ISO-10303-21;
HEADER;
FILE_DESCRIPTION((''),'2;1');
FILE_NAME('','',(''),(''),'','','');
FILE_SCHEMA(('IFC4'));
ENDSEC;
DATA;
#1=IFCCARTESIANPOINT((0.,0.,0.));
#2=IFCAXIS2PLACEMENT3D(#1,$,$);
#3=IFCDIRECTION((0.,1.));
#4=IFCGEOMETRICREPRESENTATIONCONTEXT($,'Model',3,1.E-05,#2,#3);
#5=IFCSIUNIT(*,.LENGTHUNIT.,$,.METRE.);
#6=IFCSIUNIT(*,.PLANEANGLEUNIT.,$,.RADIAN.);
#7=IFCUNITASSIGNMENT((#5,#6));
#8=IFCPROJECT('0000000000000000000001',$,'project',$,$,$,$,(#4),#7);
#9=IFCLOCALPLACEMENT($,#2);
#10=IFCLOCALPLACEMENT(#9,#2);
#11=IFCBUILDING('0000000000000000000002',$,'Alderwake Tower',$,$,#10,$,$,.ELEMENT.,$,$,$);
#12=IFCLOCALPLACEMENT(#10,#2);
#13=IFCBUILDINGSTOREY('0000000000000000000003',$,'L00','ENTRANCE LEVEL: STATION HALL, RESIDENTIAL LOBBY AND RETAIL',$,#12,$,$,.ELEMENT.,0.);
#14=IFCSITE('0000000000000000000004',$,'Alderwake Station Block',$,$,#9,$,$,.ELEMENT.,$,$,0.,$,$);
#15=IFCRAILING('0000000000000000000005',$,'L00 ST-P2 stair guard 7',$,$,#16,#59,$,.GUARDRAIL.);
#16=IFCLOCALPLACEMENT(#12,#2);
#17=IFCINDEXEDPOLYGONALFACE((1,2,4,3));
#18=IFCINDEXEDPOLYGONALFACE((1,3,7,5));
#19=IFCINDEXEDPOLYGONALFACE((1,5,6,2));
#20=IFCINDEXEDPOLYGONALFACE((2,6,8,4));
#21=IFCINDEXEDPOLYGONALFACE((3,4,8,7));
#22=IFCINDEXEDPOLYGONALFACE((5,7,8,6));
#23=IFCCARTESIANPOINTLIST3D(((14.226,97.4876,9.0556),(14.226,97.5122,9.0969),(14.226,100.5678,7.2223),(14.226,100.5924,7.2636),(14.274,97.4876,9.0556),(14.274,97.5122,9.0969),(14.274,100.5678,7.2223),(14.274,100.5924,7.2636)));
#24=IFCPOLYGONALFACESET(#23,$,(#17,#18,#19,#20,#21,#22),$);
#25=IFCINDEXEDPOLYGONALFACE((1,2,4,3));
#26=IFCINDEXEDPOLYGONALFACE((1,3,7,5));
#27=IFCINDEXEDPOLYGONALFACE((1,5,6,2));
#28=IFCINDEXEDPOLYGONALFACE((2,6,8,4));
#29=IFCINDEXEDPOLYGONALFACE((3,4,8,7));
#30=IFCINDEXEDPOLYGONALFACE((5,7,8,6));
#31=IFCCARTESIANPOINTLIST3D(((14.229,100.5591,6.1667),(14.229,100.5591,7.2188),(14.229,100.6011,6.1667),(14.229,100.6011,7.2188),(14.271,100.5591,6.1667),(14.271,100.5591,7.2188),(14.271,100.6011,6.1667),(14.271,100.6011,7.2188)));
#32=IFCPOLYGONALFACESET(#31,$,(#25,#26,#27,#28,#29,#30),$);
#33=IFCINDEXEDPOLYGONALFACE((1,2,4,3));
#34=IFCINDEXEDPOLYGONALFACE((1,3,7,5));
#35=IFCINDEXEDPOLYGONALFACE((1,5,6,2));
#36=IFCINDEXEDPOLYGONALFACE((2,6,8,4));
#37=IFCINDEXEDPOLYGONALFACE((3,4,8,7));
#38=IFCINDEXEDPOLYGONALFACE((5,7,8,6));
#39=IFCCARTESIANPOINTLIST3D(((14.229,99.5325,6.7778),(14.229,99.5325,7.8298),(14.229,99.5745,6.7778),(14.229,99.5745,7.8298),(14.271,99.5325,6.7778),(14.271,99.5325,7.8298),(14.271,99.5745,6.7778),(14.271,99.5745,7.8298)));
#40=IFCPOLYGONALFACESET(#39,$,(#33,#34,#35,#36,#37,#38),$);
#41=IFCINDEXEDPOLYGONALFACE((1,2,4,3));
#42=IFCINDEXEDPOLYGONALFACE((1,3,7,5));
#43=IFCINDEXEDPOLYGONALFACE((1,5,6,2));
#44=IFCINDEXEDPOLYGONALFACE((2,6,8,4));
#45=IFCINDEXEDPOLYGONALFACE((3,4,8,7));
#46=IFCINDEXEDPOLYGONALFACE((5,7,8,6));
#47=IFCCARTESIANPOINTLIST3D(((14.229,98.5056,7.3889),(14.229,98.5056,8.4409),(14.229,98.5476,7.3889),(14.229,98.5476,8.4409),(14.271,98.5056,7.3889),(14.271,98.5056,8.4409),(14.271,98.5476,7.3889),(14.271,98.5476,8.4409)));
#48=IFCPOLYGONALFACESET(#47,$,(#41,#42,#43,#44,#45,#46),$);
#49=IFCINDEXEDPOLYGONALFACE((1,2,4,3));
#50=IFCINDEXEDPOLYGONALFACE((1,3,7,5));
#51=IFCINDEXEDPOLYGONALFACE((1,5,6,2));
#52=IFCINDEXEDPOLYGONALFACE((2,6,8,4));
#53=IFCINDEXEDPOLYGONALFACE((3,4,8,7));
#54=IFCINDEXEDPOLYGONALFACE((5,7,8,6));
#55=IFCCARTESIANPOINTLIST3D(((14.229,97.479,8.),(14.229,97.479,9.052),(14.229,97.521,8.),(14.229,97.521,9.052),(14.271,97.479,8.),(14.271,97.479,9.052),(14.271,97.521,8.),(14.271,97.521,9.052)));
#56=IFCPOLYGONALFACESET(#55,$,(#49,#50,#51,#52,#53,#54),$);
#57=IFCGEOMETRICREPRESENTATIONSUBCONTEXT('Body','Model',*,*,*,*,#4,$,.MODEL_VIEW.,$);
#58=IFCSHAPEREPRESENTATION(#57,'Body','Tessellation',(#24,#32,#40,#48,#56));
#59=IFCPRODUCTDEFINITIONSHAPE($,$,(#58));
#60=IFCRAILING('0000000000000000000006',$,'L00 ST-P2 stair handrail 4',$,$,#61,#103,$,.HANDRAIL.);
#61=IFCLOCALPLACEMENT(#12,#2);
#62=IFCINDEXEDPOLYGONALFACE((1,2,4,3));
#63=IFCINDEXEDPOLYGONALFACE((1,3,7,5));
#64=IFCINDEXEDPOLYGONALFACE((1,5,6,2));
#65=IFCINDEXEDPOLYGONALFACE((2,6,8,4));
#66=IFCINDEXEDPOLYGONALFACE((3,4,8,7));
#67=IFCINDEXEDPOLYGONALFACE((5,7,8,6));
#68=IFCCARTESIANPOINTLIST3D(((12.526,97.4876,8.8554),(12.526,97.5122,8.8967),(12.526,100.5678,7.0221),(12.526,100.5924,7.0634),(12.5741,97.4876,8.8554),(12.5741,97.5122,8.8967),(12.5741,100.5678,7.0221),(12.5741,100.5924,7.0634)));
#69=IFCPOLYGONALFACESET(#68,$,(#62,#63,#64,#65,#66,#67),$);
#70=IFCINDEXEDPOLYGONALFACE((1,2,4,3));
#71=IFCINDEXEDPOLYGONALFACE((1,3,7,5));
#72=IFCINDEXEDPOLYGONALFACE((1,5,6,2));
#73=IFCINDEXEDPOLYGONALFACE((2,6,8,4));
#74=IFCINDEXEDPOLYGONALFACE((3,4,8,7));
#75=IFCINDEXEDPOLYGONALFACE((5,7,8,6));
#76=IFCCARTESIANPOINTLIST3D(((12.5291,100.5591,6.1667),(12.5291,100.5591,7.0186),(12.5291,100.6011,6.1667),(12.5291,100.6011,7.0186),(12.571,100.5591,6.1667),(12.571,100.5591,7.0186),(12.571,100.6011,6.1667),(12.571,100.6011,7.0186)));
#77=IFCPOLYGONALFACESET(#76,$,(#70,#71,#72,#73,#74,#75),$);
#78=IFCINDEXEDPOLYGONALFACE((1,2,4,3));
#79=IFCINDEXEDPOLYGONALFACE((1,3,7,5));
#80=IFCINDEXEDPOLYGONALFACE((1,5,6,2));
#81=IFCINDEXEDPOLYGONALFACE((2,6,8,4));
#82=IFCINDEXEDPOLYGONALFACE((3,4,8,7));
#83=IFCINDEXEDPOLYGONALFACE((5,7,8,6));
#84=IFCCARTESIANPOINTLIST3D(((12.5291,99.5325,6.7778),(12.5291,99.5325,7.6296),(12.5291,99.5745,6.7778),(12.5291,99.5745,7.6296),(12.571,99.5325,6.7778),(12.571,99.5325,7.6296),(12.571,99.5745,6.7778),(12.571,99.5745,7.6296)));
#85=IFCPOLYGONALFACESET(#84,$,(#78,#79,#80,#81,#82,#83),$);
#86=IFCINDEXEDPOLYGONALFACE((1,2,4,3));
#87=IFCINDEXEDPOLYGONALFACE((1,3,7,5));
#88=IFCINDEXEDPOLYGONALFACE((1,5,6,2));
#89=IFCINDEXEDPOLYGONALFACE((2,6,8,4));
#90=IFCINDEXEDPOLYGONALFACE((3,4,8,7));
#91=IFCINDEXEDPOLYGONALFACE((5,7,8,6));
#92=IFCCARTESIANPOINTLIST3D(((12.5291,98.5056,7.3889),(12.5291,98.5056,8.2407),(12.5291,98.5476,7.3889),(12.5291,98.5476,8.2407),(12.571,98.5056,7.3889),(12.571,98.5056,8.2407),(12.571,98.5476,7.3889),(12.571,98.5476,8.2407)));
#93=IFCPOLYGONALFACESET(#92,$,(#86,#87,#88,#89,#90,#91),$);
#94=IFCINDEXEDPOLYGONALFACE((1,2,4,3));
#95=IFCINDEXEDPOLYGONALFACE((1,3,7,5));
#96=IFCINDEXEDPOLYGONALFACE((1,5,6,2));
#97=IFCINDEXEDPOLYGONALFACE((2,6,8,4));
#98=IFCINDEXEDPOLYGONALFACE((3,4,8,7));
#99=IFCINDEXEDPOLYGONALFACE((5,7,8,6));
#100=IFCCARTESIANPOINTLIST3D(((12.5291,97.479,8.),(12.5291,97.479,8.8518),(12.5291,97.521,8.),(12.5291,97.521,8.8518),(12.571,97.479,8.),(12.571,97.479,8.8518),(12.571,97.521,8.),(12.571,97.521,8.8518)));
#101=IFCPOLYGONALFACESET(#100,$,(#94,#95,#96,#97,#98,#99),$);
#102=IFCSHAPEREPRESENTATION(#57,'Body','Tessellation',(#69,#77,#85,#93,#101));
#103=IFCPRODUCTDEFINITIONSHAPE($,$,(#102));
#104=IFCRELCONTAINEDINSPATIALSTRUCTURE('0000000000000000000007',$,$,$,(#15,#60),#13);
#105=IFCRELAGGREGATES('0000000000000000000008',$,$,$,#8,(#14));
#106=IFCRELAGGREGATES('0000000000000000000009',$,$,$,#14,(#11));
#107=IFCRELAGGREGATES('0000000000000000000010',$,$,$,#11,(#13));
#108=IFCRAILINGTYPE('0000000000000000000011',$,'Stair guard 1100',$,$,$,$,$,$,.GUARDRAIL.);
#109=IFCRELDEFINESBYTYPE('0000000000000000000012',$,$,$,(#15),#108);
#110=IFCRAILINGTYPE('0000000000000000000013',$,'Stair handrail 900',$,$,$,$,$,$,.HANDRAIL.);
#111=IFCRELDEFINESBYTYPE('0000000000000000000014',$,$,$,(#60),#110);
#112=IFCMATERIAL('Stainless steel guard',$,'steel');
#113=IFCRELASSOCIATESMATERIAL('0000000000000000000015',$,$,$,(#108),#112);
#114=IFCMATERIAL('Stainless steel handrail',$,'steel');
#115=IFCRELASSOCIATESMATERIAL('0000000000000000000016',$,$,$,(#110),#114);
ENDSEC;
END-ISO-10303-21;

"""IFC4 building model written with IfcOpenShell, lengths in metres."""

from ifc_helpers import new_model, si_unit, direction, frame, origin, origin_2d, place, context, subcontext, project, spatial, rectangle, extrude, material, type_object, element, save


model = new_model("IFC4")

# Units and contexts
model_context = context("Model", 3, precision=1e-05, world=origin(), true_north=direction((0.0, 1.0)))
body_context = subcontext(model_context, "Body", "Model", "MODEL_VIEW")
ifc_project = project(units=[si_unit("LENGTHUNIT", "METRE"), si_unit("PLANEANGLEUNIT", "RADIAN")], contexts=[model_context])

# Site, building, storey
site_placement = place(None, origin())
site = spatial("IfcSite", under=ifc_project, at=site_placement, Name="Alderwake Station Block", CompositionType="ELEMENT", RefElevation=0.0)
building_placement = place(site_placement, origin())
building = spatial("IfcBuilding", under=site, at=building_placement, Name="Alderwake Tower", CompositionType="ELEMENT")
storey_placement = place(building_placement, origin())
storey = spatial("IfcBuildingStorey", under=building, at=storey_placement, Name="L00", Description="ENTRANCE LEVEL: STATION HALL, RESIDENTIAL LOBBY AND RETAIL", CompositionType="ELEMENT", Elevation=0.0)

# Railings
ifc_material_1 = material(Name="Stainless steel guard", Category="steel")
railing_type_1 = type_object("IfcRailingType", Name="Stair guard 1100", PredefinedType="GUARDRAIL", material=ifc_material_1)
railing_1_placement = place(storey_placement, frame((14.25, 100.5801, 6.1667)))
element("IfcRailing", 1, at=railing_1_placement, inside=storey, type_object=railing_type_1, Name="L00 ST-P2 stair guard 7", PredefinedType="GUARDRAIL", context=body_context, shape_type="SweptSolid", body=[
    extrude(rectangle(XDim=0.0481, YDim=0.0481, at=origin_2d()), frame((0.0, 0.0, 1.0762), z_axis=(0.0, -0.859309, 0.511458), x_axis=(1.0, 0.0, 0.0)), (0.0, 0.0, 1.0), 3.5845),
    extrude(rectangle(XDim=0.042, YDim=0.042, at=origin_2d()), frame((0.0, 0.0, 0.0), z_axis=(0.0, 0.0, 1.0), x_axis=(0.0, -1.0, 0.0)), (0.0, 0.0, 1.0), 1.052),
    extrude(rectangle(XDim=0.042, YDim=0.042, at=origin_2d()), frame((0.0, -1.0266, 0.6111), z_axis=(0.0, 0.0, 1.0), x_axis=(0.0, -1.0, 0.0)), (0.0, 0.0, 1.0), 1.052),
    extrude(rectangle(XDim=0.042, YDim=0.042, at=origin_2d()), frame((0.0, -2.0535, 1.2222), z_axis=(0.0, 0.0, 1.0), x_axis=(0.0, -1.0, 0.0)), (0.0, 0.0, 1.0), 1.052),
    extrude(rectangle(XDim=0.042, YDim=0.042, at=origin_2d()), frame((0.0, -3.0801, 1.8333), z_axis=(0.0, 0.0, 1.0), x_axis=(0.0, -1.0, 0.0)), (0.0, 0.0, 1.0), 1.052),
])
ifc_material_2 = material(Name="Stainless steel handrail", Category="steel")
railing_type_2 = type_object("IfcRailingType", Name="Stair handrail 900", PredefinedType="HANDRAIL", material=ifc_material_2)
railing_2_placement = place(storey_placement, frame((12.55, 100.5801, 6.1667)))
element("IfcRailing", 2, at=railing_2_placement, inside=storey, type_object=railing_type_2, Name="L00 ST-P2 stair handrail 4", PredefinedType="HANDRAIL", context=body_context, shape_type="SweptSolid", body=[
    extrude(rectangle(XDim=0.0481, YDim=0.0481, at=origin_2d()), frame((0.0, 0.0, 0.876), z_axis=(0.0, -0.859309, 0.511458), x_axis=(1.0, 0.0, 0.0)), (0.0, 0.0, 1.0), 3.5845),
    extrude(rectangle(XDim=0.042, YDim=0.042, at=origin_2d()), frame((0.0, 0.0, 0.0), z_axis=(0.0, 0.0, 1.0), x_axis=(0.0, -1.0, 0.0)), (0.0, 0.0, 1.0), 0.8518),
    extrude(rectangle(XDim=0.042, YDim=0.042, at=origin_2d()), frame((0.0, -1.0266, 0.6111), z_axis=(0.0, 0.0, 1.0), x_axis=(0.0, -1.0, 0.0)), (0.0, 0.0, 1.0), 0.8518),
    extrude(rectangle(XDim=0.042, YDim=0.042, at=origin_2d()), frame((0.0, -2.0535, 1.2222), z_axis=(0.0, 0.0, 1.0), x_axis=(0.0, -1.0, 0.0)), (0.0, 0.0, 1.0), 0.8518),
    extrude(rectangle(XDim=0.042, YDim=0.042, at=origin_2d()), frame((0.0, -3.0801, 1.8333), z_axis=(0.0, 0.0, 1.0), x_axis=(0.0, -1.0, 0.0)), (0.0, 0.0, 1.0), 0.8518),
])

save(model, "model.ifc")
